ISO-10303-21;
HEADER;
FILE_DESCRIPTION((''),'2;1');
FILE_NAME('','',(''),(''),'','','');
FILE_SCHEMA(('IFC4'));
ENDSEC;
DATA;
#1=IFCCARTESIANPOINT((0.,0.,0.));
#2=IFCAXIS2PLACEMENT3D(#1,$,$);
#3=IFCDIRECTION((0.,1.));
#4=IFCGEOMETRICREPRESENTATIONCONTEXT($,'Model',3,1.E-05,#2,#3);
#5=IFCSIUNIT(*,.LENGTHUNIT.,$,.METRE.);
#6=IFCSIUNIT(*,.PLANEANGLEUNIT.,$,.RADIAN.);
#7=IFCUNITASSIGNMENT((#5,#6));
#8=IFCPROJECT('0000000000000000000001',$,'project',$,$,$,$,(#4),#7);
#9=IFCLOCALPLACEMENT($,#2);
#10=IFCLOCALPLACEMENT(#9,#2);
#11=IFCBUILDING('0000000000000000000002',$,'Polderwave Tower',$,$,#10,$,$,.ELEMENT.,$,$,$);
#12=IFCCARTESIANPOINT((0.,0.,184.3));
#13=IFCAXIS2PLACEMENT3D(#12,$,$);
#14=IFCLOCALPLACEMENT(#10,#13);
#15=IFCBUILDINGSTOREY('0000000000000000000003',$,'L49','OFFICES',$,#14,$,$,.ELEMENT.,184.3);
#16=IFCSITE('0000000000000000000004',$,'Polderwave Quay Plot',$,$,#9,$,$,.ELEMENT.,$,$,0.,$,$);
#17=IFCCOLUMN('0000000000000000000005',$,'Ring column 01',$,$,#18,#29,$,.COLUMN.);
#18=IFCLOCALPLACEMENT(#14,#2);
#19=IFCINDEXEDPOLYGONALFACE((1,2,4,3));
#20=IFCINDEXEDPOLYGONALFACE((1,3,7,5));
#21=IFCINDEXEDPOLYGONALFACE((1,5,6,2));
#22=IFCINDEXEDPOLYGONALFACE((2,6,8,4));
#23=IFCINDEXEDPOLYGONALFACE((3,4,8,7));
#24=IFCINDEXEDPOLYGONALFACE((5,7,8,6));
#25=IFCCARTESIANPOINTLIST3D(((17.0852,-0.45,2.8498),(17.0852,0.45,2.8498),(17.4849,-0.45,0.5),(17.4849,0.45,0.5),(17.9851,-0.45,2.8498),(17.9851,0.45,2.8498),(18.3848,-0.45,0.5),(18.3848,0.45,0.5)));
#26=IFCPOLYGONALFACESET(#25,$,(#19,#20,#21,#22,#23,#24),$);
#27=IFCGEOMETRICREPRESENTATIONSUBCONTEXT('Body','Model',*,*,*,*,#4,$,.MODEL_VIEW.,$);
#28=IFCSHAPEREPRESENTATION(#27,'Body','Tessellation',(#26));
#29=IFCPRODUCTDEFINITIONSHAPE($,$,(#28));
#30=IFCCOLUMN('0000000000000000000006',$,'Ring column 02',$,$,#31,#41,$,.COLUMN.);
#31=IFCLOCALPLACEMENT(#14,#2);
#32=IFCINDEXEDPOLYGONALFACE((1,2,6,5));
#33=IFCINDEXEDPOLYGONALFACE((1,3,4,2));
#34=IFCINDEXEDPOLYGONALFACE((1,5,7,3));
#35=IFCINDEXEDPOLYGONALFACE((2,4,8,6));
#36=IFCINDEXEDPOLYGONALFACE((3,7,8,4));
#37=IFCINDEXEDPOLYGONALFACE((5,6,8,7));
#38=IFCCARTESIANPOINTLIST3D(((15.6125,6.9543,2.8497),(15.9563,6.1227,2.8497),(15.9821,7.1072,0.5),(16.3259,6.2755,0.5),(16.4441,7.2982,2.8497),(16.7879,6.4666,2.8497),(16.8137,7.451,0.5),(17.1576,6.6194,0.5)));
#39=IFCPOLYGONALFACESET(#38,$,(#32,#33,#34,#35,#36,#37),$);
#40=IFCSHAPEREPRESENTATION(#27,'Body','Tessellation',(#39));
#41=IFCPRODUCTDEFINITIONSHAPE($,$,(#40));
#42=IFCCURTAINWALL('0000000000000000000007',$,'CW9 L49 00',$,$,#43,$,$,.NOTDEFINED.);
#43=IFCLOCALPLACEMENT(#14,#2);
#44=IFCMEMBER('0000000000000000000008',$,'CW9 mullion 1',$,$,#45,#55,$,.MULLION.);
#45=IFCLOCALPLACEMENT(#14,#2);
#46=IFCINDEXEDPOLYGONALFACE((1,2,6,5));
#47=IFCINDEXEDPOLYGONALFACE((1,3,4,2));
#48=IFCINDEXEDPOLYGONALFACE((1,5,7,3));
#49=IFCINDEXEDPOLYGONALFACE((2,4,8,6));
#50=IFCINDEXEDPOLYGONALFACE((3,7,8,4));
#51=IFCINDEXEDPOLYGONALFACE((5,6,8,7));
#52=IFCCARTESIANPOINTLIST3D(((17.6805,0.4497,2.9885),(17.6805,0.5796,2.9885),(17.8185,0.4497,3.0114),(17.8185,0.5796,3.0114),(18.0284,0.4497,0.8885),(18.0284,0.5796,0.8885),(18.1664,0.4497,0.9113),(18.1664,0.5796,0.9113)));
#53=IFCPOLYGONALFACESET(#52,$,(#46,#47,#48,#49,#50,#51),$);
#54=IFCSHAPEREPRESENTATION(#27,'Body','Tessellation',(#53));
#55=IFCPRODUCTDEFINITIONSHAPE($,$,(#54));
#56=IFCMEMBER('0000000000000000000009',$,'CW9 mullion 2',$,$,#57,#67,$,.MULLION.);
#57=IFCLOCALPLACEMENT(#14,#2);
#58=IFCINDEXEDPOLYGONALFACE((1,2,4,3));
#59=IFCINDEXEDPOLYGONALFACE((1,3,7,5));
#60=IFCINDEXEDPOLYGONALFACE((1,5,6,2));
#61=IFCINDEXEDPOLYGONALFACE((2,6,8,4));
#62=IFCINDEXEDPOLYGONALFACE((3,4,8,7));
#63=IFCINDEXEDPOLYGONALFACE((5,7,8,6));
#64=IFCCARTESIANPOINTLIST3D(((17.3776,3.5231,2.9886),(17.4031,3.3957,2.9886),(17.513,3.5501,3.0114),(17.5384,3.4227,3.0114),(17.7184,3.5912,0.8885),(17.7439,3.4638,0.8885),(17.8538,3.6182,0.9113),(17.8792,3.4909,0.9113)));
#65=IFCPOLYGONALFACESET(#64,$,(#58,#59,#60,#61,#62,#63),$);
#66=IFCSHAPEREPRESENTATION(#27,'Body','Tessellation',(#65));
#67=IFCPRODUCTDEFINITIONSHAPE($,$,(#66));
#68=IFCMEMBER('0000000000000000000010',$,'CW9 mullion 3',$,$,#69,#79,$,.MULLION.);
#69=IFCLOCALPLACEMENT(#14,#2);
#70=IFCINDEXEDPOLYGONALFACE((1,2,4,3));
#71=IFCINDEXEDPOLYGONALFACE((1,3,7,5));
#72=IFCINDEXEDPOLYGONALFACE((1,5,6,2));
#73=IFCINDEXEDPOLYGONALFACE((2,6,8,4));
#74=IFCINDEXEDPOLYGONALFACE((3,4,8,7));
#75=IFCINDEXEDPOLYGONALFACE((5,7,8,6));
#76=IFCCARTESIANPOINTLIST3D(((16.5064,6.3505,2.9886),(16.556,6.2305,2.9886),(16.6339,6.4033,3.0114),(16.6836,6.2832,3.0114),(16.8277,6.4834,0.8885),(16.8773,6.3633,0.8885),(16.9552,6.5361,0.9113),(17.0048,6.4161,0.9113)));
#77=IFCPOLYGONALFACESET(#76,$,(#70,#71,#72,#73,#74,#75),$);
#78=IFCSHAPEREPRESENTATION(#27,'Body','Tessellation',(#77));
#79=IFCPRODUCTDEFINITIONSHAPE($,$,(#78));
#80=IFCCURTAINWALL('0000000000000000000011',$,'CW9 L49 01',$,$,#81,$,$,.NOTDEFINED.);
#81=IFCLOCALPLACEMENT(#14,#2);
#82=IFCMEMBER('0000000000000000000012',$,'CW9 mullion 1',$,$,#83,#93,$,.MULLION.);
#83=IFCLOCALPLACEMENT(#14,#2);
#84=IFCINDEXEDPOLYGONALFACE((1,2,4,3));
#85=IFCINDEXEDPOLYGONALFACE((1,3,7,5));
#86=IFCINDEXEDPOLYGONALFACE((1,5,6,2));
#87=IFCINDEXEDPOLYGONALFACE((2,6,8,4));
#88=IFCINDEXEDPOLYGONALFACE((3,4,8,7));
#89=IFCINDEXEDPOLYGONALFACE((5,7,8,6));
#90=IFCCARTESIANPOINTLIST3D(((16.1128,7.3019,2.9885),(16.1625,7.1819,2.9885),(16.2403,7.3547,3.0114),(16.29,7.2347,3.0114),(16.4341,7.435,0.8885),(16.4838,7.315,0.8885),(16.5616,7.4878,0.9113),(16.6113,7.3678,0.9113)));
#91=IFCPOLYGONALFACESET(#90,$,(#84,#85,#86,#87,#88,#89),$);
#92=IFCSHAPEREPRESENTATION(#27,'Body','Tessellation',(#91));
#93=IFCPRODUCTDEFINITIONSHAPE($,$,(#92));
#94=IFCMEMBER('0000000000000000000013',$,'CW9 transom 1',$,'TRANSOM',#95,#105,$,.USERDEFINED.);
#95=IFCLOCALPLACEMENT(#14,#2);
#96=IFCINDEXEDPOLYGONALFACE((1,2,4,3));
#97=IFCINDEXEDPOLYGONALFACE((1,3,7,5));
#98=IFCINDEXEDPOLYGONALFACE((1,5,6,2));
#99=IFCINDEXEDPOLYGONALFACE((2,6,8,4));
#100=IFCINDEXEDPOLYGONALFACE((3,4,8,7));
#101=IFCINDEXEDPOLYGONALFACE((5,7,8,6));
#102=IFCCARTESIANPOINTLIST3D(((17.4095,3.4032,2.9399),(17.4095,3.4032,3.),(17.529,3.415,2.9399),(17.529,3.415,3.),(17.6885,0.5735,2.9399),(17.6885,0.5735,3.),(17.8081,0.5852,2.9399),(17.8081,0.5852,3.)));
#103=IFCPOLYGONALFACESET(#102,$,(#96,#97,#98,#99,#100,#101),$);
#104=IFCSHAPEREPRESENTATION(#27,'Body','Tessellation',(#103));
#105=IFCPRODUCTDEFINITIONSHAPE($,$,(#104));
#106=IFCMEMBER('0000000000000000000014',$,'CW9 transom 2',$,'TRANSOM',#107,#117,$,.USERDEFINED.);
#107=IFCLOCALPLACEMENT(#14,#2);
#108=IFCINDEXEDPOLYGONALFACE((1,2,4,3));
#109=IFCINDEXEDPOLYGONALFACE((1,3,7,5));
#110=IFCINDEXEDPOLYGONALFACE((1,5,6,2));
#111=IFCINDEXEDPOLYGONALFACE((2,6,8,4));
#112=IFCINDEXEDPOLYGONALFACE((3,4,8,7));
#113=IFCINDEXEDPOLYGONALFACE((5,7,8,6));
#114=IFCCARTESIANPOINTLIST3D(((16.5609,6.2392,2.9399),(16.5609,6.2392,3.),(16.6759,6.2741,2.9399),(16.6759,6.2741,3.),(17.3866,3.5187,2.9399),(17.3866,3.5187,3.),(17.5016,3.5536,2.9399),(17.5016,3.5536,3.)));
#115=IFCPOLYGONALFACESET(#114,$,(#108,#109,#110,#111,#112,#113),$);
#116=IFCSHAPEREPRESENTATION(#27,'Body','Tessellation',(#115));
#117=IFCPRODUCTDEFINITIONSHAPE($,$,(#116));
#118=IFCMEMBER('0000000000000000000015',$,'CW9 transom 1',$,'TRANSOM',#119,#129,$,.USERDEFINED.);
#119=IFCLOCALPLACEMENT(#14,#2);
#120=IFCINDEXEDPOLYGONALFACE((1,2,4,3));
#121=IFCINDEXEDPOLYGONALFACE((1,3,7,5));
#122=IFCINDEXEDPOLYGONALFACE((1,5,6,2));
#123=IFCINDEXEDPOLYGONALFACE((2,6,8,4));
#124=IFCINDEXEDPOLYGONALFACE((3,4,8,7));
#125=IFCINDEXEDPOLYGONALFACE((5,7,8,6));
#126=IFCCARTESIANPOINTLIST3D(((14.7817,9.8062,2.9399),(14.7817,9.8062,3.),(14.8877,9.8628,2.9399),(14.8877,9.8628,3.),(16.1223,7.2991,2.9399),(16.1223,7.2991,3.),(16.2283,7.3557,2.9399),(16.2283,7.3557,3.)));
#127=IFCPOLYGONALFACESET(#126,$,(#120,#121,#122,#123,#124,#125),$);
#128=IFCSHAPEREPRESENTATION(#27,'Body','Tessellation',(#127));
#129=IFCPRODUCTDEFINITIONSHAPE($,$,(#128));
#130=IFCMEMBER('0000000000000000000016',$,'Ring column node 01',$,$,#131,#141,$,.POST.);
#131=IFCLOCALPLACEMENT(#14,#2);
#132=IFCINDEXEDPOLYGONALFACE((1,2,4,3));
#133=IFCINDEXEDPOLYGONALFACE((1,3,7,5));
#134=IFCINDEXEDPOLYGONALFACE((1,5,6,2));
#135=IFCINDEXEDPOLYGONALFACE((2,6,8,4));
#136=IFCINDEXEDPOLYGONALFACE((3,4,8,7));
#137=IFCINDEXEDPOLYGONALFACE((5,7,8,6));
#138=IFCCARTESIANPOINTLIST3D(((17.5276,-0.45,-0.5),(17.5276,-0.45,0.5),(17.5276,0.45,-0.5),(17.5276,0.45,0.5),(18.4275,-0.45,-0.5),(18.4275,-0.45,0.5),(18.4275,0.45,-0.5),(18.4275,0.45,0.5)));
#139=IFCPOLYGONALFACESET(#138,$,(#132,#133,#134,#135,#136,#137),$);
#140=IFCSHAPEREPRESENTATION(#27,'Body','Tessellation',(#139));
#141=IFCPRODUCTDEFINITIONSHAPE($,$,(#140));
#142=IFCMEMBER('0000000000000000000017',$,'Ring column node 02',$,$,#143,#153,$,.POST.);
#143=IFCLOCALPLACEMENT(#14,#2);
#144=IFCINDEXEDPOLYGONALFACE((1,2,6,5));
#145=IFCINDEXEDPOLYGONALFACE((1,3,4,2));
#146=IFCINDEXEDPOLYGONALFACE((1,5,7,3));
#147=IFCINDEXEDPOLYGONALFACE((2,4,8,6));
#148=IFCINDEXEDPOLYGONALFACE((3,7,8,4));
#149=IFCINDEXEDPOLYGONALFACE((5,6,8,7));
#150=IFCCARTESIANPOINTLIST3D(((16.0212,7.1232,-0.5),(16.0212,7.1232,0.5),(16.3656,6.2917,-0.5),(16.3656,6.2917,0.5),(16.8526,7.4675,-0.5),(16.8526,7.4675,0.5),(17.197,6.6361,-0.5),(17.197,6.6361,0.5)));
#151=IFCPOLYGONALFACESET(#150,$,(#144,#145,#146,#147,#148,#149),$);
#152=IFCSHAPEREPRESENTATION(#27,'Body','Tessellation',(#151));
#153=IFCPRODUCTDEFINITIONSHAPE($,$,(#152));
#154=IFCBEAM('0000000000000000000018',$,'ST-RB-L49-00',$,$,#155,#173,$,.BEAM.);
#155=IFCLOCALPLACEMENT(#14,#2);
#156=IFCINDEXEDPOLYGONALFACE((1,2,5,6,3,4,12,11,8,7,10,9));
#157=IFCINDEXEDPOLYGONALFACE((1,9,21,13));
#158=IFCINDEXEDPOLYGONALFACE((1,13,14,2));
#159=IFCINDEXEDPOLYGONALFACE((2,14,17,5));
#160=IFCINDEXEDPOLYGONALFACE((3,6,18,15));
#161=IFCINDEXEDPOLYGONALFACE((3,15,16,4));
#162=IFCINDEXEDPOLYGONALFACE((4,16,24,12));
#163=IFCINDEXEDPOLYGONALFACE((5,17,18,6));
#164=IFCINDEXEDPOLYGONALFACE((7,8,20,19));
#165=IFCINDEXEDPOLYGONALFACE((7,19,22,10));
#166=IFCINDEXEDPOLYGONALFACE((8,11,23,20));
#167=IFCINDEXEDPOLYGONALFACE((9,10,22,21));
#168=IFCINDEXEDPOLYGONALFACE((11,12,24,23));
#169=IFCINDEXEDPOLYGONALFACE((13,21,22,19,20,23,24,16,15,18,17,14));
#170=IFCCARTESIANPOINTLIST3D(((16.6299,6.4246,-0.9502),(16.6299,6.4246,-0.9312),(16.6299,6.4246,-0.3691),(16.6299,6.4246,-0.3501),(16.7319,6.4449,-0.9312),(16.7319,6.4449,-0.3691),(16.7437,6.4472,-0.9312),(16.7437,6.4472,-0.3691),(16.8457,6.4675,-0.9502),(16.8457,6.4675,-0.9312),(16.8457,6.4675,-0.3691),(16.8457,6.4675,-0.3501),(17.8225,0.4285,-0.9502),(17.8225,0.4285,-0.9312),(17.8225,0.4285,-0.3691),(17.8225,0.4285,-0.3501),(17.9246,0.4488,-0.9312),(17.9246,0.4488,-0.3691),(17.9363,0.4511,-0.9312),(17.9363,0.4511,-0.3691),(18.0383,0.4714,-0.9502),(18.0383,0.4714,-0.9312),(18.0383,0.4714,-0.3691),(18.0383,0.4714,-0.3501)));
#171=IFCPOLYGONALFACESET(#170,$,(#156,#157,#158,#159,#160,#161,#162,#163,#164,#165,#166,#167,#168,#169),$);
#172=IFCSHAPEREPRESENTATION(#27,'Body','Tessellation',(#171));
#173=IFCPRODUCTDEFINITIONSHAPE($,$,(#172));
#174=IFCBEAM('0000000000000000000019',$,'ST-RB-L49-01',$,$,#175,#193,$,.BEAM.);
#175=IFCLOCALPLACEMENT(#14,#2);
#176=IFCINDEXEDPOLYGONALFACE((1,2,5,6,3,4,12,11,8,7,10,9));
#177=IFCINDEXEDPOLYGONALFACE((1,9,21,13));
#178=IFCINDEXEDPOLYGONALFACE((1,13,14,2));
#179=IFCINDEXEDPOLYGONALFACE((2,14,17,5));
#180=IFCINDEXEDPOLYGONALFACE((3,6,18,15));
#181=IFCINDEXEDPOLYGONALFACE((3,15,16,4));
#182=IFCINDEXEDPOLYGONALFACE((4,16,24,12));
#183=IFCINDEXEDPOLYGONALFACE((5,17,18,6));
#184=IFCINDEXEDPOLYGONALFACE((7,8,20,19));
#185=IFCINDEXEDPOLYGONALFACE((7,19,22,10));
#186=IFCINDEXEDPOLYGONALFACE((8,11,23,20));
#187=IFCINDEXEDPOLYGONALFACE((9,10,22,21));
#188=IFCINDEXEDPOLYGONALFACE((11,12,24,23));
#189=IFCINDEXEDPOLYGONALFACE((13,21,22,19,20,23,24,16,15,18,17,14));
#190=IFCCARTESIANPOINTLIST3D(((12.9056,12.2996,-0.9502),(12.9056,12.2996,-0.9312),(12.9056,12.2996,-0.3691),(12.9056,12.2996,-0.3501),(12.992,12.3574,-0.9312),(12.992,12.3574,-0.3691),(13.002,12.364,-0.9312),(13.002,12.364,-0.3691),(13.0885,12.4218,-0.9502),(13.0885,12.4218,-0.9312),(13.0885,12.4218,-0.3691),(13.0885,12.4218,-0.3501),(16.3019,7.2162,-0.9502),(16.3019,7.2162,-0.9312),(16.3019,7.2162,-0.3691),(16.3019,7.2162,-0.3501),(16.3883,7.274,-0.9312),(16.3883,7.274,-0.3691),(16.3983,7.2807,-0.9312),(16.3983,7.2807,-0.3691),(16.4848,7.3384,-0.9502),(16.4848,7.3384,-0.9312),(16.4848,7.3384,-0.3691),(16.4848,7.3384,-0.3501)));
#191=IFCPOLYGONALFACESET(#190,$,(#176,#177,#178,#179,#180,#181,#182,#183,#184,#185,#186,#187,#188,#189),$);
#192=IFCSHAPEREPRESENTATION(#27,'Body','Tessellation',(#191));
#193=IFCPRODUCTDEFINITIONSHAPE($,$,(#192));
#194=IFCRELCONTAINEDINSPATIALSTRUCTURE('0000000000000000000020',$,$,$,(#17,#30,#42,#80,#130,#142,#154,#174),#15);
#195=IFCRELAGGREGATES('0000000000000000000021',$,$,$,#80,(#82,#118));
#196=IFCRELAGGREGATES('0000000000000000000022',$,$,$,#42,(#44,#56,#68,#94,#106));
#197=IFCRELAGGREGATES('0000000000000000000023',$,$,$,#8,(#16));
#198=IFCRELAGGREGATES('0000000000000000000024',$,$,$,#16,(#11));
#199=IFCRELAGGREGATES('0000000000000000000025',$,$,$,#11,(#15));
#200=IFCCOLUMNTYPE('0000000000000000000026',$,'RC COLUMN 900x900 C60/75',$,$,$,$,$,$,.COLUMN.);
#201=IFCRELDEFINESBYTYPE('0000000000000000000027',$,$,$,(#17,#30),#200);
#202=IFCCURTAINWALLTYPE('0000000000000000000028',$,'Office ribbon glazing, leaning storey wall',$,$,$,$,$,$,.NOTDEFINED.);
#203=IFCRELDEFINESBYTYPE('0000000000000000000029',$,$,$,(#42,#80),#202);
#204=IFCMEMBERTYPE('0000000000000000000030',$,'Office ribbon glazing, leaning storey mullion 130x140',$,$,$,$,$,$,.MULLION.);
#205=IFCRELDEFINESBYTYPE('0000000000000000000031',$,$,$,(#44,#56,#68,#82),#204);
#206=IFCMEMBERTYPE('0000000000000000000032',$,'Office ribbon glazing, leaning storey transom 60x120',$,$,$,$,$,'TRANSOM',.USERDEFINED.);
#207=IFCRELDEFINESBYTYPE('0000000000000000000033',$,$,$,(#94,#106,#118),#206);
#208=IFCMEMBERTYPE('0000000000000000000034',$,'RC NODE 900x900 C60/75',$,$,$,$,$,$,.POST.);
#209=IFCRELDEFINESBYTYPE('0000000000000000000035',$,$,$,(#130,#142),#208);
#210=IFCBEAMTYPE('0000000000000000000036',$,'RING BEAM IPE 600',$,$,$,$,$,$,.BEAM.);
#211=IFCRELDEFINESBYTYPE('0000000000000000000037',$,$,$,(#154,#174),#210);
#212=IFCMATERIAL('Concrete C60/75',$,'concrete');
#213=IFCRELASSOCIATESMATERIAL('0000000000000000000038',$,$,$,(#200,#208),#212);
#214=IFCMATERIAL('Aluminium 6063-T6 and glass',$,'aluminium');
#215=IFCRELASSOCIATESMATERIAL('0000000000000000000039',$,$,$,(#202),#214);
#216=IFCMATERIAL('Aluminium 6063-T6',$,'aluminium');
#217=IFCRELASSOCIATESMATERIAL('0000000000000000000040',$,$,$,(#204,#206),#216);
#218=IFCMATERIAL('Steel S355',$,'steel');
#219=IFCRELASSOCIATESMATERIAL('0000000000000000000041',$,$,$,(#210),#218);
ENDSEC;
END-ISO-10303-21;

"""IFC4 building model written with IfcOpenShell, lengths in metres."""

from ifc_helpers import new_model, si_unit, direction, frame, origin, origin_2d, place, context, subcontext, project, spatial, rectangle, i_section, extrude, material, material_profile, profile_set, type_object, element, aggregate, save


model = new_model("IFC4")

# Units and contexts
model_context = context("Model", 3, precision=1e-05, world=origin(), true_north=direction((0.0, 1.0)))
body_context = subcontext(model_context, "Body", "Model", "MODEL_VIEW")
ifc_project = project(units=[si_unit("LENGTHUNIT", "METRE"), si_unit("PLANEANGLEUNIT", "RADIAN")], contexts=[model_context])

# Site, building, storey
site_placement = place(None, origin())
site = spatial("IfcSite", under=ifc_project, at=site_placement, Name="Polderwave Quay Plot", CompositionType="ELEMENT", RefElevation=0.0)
building_placement = place(site_placement, origin())
building = spatial("IfcBuilding", under=site, at=building_placement, Name="Polderwave Tower", CompositionType="ELEMENT")
storey_placement = place(building_placement, frame((0.0, 0.0, 184.3)))
storey = spatial("IfcBuildingStorey", under=building, at=storey_placement, Name="L49", Description="OFFICES", CompositionType="ELEMENT", Elevation=184.3)

# Columns
ifc_material_1 = material(Name="Concrete C60/75", Category="concrete")
ifc_material_profile_1 = material_profile(ifc_material_1, rectangle(XDim=0.8999, YDim=0.8999, at=origin_2d()), Name="RC 900x900")
ifc_profile_set_1 = profile_set([ifc_material_profile_1], Name="Concrete C60/75")
column_type = type_object("IfcColumnType", Name="RC COLUMN 900x900 C60/75", PredefinedType="COLUMN", material=ifc_profile_set_1)
column_1_placement = place(storey_placement, frame((17.9348, 0.0, 0.5), z_axis=(0.0, 0.0, 1.0), x_axis=(0.0, -1.0, 0.0)))
element("IfcColumn", 1, at=column_1_placement, inside=storey, type_object=column_type, Name="Ring column 01", PredefinedType="COLUMN", context=body_context, shape_type="SweptSolid", body=[
    extrude(rectangle(XDim=0.8999, YDim=0.8999, at=origin_2d()), origin(), (0.0, -0.16767, 0.985843), 2.3835),
])
column_2_placement = place(storey_placement, frame((16.5698, 6.8633, 0.5), z_axis=(0.0, 0.0, 1.0), x_axis=(0.3821, -0.924121, 0.0)))
element("IfcColumn", 2, at=column_2_placement, inside=storey, type_object=column_type, Name="Ring column 02", PredefinedType="COLUMN", context=body_context, shape_type="SweptSolid", body=[
    extrude(rectangle(XDim=0.8999, YDim=0.8999, at=origin_2d()), origin(), (0.0, -0.167801, 0.985821), 2.3835),
])

# Curtain wall, members
ifc_material_2 = material(Name="Aluminium 6063-T6 and glass", Category="aluminium")
curtain_wall_type = type_object("IfcCurtainWallType", Name="Office ribbon glazing, leaning storey wall", PredefinedType="NOTDEFINED", material=ifc_material_2)
curtain_wall_1_placement = place(storey_placement, origin())
curtain_wall_1 = element("IfcCurtainWall", 3, at=curtain_wall_1_placement, inside=storey, type_object=curtain_wall_type, Name="CW9 L49 00", PredefinedType="NOTDEFINED")
ifc_material_3 = material(Name="Aluminium 6063-T6", Category="aluminium")
ifc_material_profile_2 = material_profile(ifc_material_3, rectangle(XDim=0.1299, YDim=0.1399, at=origin_2d()), Name="AL 130x140")
ifc_profile_set_2 = profile_set([ifc_material_profile_2], Name="Aluminium 6063-T6")
member_type_1 = type_object("IfcMemberType", Name="Office ribbon glazing, leaning storey mullion 130x140", PredefinedType="MULLION", material=ifc_profile_set_2)
member_1_placement = place(storey_placement, frame((18.0974, 0.5146, 0.8999), z_axis=(-0.163432, 0.0, 0.986555), x_axis=(0.0, -1.0, 0.0)))
member_1 = element("IfcMember", 4, at=member_1_placement, type_object=member_type_1, Name="CW9 mullion 1", PredefinedType="MULLION", context=body_context, shape_type="SweptSolid", body=[
    extrude(rectangle(XDim=0.1299, YDim=0.1399, at=origin_2d()), origin(), (0.0, 0.0, 1.0), 2.1287),
])
member_2_placement = place(storey_placement, frame((17.7988, 3.541, 0.8999), z_axis=(-0.16011, -0.031999, 0.98658), x_axis=(0.195981, -0.980608, 0.0)))
member_2 = element("IfcMember", 5, at=member_2_placement, type_object=member_type_1, Name="CW9 mullion 2", PredefinedType="MULLION", context=body_context, shape_type="SweptSolid", body=[
    extrude(rectangle(XDim=0.1299, YDim=0.1399, at=origin_2d()), origin(), (0.0, 0.0, 1.0), 2.1287),
])
member_3_placement = place(storey_placement, frame((16.9163, 6.4497, 0.8999), z_axis=(-0.150934, -0.062392, 0.986573), x_axis=(0.382021, -0.924154, 0.0)))
member_3 = element("IfcMember", 6, at=member_3_placement, type_object=member_type_1, Name="CW9 mullion 3", PredefinedType="MULLION", context=body_context, shape_type="SweptSolid", body=[
    extrude(rectangle(XDim=0.1299, YDim=0.1399, at=origin_2d()), origin(), (0.0, 0.0, 1.0), 2.1287),
])

# Curtain wall, member
curtain_wall_2_placement = place(storey_placement, origin())
curtain_wall_2 = element("IfcCurtainWall", 7, at=curtain_wall_2_placement, inside=storey, type_object=curtain_wall_type, Name="CW9 L49 01", PredefinedType="NOTDEFINED")
member_4_placement = place(storey_placement, frame((16.5227, 7.4014, 0.8999), z_axis=(-0.150932, -0.062506, 0.986566), x_axis=(0.38262, -0.923906, 0.0)))
member_4 = element("IfcMember", 8, at=member_4_placement, type_object=member_type_1, Name="CW9 mullion 1", PredefinedType="MULLION", context=body_context, shape_type="SweptSolid", body=[
    extrude(rectangle(XDim=0.1299, YDim=0.1399, at=origin_2d()), origin(), (0.0, 0.0, 1.0), 2.1287),
])

# Members
ifc_material_profile_3 = material_profile(ifc_material_3, rectangle(XDim=0.1201, YDim=0.0601, at=origin_2d()), Name="AL 60x120")
ifc_profile_set_3 = profile_set([ifc_material_profile_3], Name="Aluminium 6063-T6")
member_type_2 = type_object("IfcMemberType", Name="Office ribbon glazing, leaning storey transom 60x120", ElementType="TRANSOM", PredefinedType="USERDEFINED", material=ifc_profile_set_3)
member_5_placement = place(storey_placement, frame((17.7483, 0.5793, 2.97), z_axis=(-0.098135, 0.995173, 0.0), x_axis=(-0.995173, -0.098135, 0.0)))
member_5 = element("IfcMember", 9, at=member_5_placement, type_object=member_type_2, Name="CW9 transom 1", ObjectType="TRANSOM", PredefinedType="USERDEFINED", context=body_context, shape_type="SweptSolid", body=[
    extrude(rectangle(XDim=0.1201, YDim=0.0601, at=origin_2d()), origin(), (0.0, 0.0, 1.0), 2.8435),
])
member_6_placement = place(storey_placement, frame((17.4441, 3.5361, 2.97), z_axis=(-0.290427, 0.956897, 0.0), x_axis=(-0.956897, -0.290427, 0.0)))
member_6 = element("IfcMember", 10, at=member_6_placement, type_object=member_type_2, Name="CW9 transom 2", ObjectType="TRANSOM", PredefinedType="USERDEFINED", context=body_context, shape_type="SweptSolid", body=[
    extrude(rectangle(XDim=0.1201, YDim=0.0601, at=origin_2d()), origin(), (0.0, 0.0, 1.0), 2.843),
])
member_7_placement = place(storey_placement, frame((16.1753, 7.3274, 2.97), z_axis=(-0.471537, 0.881846, 0.0), x_axis=(-0.881846, -0.471537, 0.0)))
member_7 = element("IfcMember", 11, at=member_7_placement, type_object=member_type_2, Name="CW9 transom 1", ObjectType="TRANSOM", PredefinedType="USERDEFINED", context=body_context, shape_type="SweptSolid", body=[
    extrude(rectangle(XDim=0.1201, YDim=0.0601, at=origin_2d()), origin(), (0.0, 0.0, 1.0), 2.843),
])
aggregate(curtain_wall_2, [member_4, member_7])

# Members
ifc_material_profile_4 = material_profile(ifc_material_1, rectangle(XDim=0.8999, YDim=0.8999, at=origin_2d()), Name="RC 900x900")
ifc_profile_set_4 = profile_set([ifc_material_profile_4], Name="Concrete C60/75")
member_type_3 = type_object("IfcMemberType", Name="RC NODE 900x900 C60/75", PredefinedType="POST", material=ifc_profile_set_4)
for number, where, z_axis, x_axis, name in (
    (12, (17.9775, 0.0, -0.5), (0.0, 0.0, 1.0), (1.0, 0.0, 0.0), "Ring column node 01"),
    (13, (16.6091, 6.8796, -0.5), (0.0, 0.0, 1.0), (0.92388, 0.382683, 0.0), "Ring column node 02"),
):
    element("IfcMember", number, at=place(storey_placement, frame(where, z_axis=z_axis, x_axis=x_axis)), inside=storey, type_object=member_type_3, Name=name, PredefinedType="POST", context=body_context, shape_type="SweptSolid", body=[
        extrude(rectangle(XDim=0.8999, YDim=0.8999, at=origin_2d()), origin(), (0.0, 0.0, 1.0), 1.0),
    ])

# Beams
ifc_material_4 = material(Name="Steel S355", Category="steel")
ifc_material_profile_5 = material_profile(ifc_material_4, i_section(OverallWidth=0.22, OverallDepth=0.6001, WebThickness=0.012, FlangeThickness=0.019, at=origin_2d()), Name="IPE 600")
ifc_profile_set_5 = profile_set([ifc_material_profile_5], Name="Steel S355")
beam_type = type_object("IfcBeamType", Name="RING BEAM IPE 600", PredefinedType="BEAM", material=ifc_profile_set_5)
for number, where, z_axis, x_axis, name in (
    (14, (17.9304, 0.45, -0.6501), (-0.195079, 0.980787, 0.0), (-0.980787, -0.195079, 0.0), "ST-RB-L49-00"),
    (15, (16.3933, 7.2773, -0.6501), (-0.555539, 0.831491, 0.0), (-0.831491, -0.555539, 0.0), "ST-RB-L49-01"),
):
    element("IfcBeam", number, at=place(storey_placement, frame(where, z_axis=z_axis, x_axis=x_axis)), inside=storey, type_object=beam_type, Name=name, PredefinedType="BEAM", context=body_context, shape_type="SweptSolid", body=[
        extrude(i_section(OverallWidth=0.22, OverallDepth=0.6001, WebThickness=0.012, FlangeThickness=0.019, at=origin_2d()), origin(), (0.0, 0.0, 1.0), 6.1135),
    ])

aggregate(curtain_wall_1, [member_1, member_2, member_3, member_5, member_6])

save(model, "model.ifc")
